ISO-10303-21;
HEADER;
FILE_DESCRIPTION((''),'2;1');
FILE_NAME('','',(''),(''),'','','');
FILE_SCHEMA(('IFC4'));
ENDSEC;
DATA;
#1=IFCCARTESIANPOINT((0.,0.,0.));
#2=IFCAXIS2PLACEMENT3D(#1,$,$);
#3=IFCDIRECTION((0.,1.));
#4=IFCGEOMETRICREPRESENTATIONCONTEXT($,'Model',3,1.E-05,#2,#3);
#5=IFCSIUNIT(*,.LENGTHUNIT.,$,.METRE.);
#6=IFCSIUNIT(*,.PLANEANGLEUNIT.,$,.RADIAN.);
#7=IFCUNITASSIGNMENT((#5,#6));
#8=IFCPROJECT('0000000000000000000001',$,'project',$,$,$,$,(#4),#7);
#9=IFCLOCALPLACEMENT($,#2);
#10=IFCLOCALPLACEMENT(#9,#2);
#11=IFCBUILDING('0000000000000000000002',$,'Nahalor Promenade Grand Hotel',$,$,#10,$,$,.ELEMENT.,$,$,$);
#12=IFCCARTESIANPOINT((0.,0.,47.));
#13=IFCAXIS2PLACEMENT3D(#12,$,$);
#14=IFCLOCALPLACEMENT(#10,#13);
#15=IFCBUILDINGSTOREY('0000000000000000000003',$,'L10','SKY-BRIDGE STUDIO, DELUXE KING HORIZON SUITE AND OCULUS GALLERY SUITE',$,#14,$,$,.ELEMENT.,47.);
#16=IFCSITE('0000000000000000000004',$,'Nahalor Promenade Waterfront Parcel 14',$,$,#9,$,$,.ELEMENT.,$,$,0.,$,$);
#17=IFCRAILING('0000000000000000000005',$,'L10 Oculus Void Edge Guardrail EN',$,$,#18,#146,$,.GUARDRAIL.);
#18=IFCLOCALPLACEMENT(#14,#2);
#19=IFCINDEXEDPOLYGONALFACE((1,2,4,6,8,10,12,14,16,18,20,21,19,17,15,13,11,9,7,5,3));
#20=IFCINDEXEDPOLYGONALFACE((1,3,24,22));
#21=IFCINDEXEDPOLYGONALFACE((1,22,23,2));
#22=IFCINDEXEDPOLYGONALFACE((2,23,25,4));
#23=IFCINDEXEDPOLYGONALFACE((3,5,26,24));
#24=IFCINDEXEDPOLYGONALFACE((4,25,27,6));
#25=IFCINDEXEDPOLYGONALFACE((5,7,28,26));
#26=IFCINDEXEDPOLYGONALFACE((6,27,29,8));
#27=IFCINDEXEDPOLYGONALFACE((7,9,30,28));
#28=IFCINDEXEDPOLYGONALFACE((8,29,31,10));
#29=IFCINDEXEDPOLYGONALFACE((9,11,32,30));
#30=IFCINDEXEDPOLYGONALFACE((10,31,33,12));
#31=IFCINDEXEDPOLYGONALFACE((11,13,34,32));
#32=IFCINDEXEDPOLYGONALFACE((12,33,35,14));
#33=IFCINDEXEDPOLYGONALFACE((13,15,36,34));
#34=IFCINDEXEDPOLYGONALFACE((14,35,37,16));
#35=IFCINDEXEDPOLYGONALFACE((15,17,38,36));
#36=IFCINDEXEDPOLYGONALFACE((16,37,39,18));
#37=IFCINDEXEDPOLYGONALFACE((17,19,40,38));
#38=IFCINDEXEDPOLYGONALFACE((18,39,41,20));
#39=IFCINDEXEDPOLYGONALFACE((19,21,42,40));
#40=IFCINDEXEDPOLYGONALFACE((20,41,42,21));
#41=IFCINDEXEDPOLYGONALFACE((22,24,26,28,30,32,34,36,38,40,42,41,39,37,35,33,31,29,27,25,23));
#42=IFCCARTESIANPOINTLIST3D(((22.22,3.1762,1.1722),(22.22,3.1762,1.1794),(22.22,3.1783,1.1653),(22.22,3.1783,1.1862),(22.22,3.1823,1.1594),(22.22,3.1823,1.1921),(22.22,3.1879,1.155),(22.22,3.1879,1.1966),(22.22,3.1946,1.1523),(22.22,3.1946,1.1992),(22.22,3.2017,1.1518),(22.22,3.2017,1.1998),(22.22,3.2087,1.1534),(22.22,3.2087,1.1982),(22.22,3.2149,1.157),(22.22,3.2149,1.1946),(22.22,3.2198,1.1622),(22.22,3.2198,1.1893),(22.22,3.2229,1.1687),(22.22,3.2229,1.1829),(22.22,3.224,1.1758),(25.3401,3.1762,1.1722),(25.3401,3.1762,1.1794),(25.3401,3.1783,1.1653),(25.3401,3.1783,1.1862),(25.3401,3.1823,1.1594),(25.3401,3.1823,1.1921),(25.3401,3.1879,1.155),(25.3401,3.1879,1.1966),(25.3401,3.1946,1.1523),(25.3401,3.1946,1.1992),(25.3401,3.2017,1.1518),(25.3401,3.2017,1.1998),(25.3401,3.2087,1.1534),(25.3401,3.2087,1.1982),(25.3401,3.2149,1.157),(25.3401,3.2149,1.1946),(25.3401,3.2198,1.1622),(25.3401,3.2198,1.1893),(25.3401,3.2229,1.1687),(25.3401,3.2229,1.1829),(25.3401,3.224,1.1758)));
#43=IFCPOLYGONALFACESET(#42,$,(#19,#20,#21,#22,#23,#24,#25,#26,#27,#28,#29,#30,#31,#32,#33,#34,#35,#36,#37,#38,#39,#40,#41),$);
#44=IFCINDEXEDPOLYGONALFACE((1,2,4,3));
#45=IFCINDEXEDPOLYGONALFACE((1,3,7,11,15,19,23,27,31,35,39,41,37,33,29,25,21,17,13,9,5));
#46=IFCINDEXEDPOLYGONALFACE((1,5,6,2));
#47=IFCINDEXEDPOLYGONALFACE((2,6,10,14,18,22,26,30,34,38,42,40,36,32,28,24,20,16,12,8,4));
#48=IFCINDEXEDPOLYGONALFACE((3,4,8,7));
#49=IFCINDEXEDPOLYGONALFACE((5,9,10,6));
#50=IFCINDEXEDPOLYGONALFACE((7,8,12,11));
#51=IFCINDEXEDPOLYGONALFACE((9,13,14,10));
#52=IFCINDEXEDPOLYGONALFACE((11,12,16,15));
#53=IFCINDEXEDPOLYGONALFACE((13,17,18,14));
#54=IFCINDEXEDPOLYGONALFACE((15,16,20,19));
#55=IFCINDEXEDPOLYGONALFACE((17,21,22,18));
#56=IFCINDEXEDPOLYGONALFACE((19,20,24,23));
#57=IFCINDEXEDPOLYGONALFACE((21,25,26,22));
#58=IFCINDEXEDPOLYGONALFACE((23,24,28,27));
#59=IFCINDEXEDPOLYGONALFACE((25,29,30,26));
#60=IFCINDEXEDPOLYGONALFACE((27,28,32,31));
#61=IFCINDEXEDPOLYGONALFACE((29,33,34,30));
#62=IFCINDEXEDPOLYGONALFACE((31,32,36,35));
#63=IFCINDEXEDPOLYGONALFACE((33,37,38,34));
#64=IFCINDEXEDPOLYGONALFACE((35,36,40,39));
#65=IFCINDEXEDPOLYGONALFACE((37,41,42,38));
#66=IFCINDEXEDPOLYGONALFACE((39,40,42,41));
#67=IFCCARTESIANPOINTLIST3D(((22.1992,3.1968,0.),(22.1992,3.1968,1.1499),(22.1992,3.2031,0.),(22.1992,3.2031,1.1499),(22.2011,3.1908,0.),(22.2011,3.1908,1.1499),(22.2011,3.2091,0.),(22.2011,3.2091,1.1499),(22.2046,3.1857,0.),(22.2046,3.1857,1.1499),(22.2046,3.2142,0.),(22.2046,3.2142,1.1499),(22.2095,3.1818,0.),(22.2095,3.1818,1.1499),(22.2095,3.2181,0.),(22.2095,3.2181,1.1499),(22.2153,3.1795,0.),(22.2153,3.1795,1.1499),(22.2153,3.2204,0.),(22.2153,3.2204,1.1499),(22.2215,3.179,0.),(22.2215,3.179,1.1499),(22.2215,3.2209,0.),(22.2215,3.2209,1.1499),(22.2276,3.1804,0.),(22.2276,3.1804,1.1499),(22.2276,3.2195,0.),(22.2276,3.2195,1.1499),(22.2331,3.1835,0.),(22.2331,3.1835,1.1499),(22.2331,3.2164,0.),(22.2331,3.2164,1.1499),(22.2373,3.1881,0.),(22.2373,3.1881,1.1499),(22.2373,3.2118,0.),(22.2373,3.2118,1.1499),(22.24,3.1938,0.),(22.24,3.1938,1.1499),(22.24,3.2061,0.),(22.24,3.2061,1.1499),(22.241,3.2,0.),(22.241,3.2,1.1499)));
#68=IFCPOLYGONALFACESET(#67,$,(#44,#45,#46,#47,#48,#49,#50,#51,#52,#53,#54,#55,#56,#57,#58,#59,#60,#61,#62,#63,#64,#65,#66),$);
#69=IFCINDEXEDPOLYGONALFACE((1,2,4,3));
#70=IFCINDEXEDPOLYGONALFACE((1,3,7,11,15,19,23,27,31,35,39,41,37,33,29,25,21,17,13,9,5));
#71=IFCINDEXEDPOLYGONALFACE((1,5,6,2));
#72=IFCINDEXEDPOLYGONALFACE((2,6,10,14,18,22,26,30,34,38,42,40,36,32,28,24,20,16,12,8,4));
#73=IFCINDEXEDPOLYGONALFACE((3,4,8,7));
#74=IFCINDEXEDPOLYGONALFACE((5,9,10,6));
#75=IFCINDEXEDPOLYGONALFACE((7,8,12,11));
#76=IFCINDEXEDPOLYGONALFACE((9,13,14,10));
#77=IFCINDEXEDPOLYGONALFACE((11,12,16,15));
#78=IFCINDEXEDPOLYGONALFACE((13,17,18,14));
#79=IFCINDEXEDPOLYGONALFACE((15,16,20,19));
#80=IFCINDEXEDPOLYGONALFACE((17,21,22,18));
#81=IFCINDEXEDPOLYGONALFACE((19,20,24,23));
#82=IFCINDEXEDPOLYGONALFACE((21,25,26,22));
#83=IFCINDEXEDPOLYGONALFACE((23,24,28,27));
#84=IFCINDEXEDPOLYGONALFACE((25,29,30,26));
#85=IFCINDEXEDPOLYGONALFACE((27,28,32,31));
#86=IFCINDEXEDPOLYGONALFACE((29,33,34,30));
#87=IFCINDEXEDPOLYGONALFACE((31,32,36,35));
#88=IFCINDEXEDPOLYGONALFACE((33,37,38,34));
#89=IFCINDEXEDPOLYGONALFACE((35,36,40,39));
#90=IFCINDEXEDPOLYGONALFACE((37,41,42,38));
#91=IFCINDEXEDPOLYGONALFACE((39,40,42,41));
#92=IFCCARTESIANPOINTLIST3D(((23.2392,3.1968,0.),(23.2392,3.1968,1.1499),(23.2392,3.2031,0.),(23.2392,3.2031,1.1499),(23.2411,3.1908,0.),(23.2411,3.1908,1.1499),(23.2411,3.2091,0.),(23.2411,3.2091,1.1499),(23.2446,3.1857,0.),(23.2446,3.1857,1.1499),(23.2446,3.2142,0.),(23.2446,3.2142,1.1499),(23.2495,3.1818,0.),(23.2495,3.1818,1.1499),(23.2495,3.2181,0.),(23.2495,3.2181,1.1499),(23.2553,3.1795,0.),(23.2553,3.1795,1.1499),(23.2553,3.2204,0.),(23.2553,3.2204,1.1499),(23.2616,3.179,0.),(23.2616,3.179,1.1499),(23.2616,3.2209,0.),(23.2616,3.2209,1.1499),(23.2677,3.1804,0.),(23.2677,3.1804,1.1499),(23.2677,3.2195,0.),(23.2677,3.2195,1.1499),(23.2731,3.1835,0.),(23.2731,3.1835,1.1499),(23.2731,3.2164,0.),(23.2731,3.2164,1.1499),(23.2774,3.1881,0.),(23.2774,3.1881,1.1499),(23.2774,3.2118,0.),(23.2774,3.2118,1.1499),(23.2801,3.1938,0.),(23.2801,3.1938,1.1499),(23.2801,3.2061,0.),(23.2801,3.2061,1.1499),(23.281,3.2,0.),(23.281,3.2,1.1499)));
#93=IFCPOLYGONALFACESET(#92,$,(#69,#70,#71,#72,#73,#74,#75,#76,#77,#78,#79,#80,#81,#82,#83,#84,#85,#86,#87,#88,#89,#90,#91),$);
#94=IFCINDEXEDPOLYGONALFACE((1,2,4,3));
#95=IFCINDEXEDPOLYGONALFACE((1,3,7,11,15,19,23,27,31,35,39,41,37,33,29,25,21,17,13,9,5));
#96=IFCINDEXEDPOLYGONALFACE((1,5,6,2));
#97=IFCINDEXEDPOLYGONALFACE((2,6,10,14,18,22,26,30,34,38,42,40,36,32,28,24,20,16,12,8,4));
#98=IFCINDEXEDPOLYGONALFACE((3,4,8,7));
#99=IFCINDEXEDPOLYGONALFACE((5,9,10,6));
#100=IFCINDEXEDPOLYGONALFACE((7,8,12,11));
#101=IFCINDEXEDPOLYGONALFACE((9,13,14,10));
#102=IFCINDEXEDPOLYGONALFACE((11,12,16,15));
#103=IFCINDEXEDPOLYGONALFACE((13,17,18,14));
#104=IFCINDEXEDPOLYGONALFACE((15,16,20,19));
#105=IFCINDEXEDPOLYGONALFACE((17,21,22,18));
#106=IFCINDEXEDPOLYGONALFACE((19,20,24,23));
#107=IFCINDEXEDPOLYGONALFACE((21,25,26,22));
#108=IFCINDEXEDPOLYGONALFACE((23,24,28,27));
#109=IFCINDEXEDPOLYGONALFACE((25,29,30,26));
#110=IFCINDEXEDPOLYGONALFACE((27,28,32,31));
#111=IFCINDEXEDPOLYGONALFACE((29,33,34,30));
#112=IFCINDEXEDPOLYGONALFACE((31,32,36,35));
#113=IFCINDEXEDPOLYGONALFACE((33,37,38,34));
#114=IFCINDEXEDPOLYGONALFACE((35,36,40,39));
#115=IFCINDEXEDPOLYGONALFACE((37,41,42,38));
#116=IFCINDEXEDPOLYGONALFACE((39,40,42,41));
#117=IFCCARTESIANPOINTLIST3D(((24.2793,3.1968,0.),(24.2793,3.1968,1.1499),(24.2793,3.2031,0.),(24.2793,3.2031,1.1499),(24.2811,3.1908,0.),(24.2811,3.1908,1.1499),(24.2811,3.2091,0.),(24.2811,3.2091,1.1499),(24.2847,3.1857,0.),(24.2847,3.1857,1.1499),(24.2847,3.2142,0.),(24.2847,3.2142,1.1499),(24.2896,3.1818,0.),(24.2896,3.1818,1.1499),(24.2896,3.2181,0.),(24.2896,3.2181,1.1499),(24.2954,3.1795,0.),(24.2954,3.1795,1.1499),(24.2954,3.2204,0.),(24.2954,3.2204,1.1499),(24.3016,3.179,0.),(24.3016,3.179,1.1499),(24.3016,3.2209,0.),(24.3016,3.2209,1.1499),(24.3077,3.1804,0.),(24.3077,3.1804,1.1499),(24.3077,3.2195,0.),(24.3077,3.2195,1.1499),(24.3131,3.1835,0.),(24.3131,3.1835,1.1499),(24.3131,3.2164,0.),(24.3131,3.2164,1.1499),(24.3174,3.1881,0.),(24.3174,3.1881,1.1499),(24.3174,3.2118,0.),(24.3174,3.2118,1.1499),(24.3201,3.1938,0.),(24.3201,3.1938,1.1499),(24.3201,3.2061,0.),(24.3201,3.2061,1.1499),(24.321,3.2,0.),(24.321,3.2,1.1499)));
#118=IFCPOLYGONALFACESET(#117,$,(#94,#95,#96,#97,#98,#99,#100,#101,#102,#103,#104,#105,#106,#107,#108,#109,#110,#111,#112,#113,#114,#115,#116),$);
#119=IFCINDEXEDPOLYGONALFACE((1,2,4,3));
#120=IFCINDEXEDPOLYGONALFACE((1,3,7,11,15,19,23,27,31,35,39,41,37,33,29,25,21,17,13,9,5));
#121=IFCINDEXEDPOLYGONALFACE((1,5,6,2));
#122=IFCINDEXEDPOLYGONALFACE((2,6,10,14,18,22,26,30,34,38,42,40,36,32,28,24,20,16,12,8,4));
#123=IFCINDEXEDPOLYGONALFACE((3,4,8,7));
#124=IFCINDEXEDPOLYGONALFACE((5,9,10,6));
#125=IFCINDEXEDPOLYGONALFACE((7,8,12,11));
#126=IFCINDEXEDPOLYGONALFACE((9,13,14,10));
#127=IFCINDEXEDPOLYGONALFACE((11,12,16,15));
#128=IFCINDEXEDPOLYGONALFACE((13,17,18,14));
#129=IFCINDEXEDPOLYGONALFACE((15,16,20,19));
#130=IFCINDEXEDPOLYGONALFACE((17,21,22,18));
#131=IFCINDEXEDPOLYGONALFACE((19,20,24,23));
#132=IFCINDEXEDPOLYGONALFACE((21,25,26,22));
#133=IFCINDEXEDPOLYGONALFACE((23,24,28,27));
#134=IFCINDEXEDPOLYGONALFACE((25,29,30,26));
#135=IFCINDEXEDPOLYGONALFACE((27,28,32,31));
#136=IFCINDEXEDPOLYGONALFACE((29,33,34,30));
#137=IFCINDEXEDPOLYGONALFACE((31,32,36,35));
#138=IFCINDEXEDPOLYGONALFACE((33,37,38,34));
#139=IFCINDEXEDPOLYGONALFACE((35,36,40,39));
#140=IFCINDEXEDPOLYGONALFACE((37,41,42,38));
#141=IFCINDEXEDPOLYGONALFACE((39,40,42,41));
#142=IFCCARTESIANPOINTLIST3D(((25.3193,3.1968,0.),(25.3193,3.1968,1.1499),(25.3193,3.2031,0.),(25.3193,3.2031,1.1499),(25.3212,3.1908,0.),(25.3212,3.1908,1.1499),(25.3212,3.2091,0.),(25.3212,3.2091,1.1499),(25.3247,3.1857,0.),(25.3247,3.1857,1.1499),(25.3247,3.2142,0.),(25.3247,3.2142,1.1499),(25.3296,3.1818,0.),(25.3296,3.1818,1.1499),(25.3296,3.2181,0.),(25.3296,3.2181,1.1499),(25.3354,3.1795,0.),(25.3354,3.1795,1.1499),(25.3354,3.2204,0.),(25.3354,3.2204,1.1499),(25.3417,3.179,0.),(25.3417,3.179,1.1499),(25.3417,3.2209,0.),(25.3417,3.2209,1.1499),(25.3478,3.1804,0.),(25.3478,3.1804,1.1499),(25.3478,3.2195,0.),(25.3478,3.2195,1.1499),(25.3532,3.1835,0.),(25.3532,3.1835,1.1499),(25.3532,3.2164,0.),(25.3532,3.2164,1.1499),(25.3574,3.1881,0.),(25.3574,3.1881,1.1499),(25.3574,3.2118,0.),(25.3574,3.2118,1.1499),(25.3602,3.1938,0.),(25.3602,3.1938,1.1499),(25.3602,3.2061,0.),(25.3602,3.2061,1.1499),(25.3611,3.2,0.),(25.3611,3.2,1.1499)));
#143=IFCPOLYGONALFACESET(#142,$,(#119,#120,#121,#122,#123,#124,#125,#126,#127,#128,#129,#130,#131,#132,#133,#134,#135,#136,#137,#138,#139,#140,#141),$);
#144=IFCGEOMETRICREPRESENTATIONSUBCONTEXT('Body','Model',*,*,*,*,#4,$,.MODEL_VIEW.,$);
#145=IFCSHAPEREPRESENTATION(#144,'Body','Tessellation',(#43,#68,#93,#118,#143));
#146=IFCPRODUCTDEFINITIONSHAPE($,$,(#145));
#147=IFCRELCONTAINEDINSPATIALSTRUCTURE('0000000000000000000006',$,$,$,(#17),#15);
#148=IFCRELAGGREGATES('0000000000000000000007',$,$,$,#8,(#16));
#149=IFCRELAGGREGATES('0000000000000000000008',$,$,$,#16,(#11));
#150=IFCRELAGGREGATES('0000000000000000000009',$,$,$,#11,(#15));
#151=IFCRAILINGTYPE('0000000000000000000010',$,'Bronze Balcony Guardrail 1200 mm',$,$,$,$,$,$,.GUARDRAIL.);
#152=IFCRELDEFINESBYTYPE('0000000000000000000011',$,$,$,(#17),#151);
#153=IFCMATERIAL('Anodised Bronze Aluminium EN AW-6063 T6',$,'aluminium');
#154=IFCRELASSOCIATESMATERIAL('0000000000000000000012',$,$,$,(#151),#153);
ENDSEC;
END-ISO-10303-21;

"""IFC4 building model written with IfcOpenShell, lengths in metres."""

from ifc_helpers import new_model, si_unit, direction, frame, origin, origin_2d, place, context, subcontext, project, spatial, circle, extrude, material, type_object, element, save


model = new_model("IFC4")

# Units and contexts
model_context = context("Model", 3, precision=1e-05, world=origin(), true_north=direction((0.0, 1.0)))
body_context = subcontext(model_context, "Body", "Model", "MODEL_VIEW")
ifc_project = project(units=[si_unit("LENGTHUNIT", "METRE"), si_unit("PLANEANGLEUNIT", "RADIAN")], contexts=[model_context])

# Site, building, storey
site_placement = place(None, origin())
site = spatial("IfcSite", under=ifc_project, at=site_placement, Name="Nahalor Promenade Waterfront Parcel 14", CompositionType="ELEMENT", RefElevation=0.0)
building_placement = place(site_placement, origin())
building = spatial("IfcBuilding", under=site, at=building_placement, Name="Nahalor Promenade Grand Hotel", CompositionType="ELEMENT")
storey_placement = place(building_placement, frame((0.0, 0.0, 47.0)))
storey = spatial("IfcBuildingStorey", under=building, at=storey_placement, Name="L10", Description="SKY-BRIDGE STUDIO, DELUXE KING HORIZON SUITE AND OCULUS GALLERY SUITE", CompositionType="ELEMENT", Elevation=47.0)

# Shared definitions
ifc_material_1 = material(Name="Anodised Bronze Aluminium EN AW-6063 T6", Category="aluminium")

# Railing
railing_type = type_object("IfcRailingType", Name="Bronze Balcony Guardrail 1200 mm", PredefinedType="GUARDRAIL", material=ifc_material_1)
railing_placement = place(storey_placement, frame((22.22, 3.2, 0.0)))
element("IfcRailing", 1, at=railing_placement, inside=storey, type_object=railing_type, Name="L10 Oculus Void Edge Guardrail EN", PredefinedType="GUARDRAIL", context=body_context, shape_type="SweptSolid", body=[
    extrude(circle(Radius=0.024, at=origin_2d()), frame((0.0, 0.0, 1.1758), z_axis=(1.0, 0.0, 0.0), x_axis=(0.0, 1.0, 0.0)), (0.0, 0.0, 1.0), 3.1201),
    extrude(circle(Radius=0.021, at=origin_2d()), origin(), (0.0, 0.0, 1.0), 1.1499),
    extrude(circle(Radius=0.021, at=origin_2d()), frame((1.04, 0.0, 0.0)), (0.0, 0.0, 1.0), 1.1499),
    extrude(circle(Radius=0.021, at=origin_2d()), frame((2.0801, 0.0, 0.0)), (0.0, 0.0, 1.0), 1.1499),
    extrude(circle(Radius=0.021, at=origin_2d()), frame((3.1201, 0.0, 0.0)), (0.0, 0.0, 1.0), 1.1499),
])

save(model, "model.ifc")
